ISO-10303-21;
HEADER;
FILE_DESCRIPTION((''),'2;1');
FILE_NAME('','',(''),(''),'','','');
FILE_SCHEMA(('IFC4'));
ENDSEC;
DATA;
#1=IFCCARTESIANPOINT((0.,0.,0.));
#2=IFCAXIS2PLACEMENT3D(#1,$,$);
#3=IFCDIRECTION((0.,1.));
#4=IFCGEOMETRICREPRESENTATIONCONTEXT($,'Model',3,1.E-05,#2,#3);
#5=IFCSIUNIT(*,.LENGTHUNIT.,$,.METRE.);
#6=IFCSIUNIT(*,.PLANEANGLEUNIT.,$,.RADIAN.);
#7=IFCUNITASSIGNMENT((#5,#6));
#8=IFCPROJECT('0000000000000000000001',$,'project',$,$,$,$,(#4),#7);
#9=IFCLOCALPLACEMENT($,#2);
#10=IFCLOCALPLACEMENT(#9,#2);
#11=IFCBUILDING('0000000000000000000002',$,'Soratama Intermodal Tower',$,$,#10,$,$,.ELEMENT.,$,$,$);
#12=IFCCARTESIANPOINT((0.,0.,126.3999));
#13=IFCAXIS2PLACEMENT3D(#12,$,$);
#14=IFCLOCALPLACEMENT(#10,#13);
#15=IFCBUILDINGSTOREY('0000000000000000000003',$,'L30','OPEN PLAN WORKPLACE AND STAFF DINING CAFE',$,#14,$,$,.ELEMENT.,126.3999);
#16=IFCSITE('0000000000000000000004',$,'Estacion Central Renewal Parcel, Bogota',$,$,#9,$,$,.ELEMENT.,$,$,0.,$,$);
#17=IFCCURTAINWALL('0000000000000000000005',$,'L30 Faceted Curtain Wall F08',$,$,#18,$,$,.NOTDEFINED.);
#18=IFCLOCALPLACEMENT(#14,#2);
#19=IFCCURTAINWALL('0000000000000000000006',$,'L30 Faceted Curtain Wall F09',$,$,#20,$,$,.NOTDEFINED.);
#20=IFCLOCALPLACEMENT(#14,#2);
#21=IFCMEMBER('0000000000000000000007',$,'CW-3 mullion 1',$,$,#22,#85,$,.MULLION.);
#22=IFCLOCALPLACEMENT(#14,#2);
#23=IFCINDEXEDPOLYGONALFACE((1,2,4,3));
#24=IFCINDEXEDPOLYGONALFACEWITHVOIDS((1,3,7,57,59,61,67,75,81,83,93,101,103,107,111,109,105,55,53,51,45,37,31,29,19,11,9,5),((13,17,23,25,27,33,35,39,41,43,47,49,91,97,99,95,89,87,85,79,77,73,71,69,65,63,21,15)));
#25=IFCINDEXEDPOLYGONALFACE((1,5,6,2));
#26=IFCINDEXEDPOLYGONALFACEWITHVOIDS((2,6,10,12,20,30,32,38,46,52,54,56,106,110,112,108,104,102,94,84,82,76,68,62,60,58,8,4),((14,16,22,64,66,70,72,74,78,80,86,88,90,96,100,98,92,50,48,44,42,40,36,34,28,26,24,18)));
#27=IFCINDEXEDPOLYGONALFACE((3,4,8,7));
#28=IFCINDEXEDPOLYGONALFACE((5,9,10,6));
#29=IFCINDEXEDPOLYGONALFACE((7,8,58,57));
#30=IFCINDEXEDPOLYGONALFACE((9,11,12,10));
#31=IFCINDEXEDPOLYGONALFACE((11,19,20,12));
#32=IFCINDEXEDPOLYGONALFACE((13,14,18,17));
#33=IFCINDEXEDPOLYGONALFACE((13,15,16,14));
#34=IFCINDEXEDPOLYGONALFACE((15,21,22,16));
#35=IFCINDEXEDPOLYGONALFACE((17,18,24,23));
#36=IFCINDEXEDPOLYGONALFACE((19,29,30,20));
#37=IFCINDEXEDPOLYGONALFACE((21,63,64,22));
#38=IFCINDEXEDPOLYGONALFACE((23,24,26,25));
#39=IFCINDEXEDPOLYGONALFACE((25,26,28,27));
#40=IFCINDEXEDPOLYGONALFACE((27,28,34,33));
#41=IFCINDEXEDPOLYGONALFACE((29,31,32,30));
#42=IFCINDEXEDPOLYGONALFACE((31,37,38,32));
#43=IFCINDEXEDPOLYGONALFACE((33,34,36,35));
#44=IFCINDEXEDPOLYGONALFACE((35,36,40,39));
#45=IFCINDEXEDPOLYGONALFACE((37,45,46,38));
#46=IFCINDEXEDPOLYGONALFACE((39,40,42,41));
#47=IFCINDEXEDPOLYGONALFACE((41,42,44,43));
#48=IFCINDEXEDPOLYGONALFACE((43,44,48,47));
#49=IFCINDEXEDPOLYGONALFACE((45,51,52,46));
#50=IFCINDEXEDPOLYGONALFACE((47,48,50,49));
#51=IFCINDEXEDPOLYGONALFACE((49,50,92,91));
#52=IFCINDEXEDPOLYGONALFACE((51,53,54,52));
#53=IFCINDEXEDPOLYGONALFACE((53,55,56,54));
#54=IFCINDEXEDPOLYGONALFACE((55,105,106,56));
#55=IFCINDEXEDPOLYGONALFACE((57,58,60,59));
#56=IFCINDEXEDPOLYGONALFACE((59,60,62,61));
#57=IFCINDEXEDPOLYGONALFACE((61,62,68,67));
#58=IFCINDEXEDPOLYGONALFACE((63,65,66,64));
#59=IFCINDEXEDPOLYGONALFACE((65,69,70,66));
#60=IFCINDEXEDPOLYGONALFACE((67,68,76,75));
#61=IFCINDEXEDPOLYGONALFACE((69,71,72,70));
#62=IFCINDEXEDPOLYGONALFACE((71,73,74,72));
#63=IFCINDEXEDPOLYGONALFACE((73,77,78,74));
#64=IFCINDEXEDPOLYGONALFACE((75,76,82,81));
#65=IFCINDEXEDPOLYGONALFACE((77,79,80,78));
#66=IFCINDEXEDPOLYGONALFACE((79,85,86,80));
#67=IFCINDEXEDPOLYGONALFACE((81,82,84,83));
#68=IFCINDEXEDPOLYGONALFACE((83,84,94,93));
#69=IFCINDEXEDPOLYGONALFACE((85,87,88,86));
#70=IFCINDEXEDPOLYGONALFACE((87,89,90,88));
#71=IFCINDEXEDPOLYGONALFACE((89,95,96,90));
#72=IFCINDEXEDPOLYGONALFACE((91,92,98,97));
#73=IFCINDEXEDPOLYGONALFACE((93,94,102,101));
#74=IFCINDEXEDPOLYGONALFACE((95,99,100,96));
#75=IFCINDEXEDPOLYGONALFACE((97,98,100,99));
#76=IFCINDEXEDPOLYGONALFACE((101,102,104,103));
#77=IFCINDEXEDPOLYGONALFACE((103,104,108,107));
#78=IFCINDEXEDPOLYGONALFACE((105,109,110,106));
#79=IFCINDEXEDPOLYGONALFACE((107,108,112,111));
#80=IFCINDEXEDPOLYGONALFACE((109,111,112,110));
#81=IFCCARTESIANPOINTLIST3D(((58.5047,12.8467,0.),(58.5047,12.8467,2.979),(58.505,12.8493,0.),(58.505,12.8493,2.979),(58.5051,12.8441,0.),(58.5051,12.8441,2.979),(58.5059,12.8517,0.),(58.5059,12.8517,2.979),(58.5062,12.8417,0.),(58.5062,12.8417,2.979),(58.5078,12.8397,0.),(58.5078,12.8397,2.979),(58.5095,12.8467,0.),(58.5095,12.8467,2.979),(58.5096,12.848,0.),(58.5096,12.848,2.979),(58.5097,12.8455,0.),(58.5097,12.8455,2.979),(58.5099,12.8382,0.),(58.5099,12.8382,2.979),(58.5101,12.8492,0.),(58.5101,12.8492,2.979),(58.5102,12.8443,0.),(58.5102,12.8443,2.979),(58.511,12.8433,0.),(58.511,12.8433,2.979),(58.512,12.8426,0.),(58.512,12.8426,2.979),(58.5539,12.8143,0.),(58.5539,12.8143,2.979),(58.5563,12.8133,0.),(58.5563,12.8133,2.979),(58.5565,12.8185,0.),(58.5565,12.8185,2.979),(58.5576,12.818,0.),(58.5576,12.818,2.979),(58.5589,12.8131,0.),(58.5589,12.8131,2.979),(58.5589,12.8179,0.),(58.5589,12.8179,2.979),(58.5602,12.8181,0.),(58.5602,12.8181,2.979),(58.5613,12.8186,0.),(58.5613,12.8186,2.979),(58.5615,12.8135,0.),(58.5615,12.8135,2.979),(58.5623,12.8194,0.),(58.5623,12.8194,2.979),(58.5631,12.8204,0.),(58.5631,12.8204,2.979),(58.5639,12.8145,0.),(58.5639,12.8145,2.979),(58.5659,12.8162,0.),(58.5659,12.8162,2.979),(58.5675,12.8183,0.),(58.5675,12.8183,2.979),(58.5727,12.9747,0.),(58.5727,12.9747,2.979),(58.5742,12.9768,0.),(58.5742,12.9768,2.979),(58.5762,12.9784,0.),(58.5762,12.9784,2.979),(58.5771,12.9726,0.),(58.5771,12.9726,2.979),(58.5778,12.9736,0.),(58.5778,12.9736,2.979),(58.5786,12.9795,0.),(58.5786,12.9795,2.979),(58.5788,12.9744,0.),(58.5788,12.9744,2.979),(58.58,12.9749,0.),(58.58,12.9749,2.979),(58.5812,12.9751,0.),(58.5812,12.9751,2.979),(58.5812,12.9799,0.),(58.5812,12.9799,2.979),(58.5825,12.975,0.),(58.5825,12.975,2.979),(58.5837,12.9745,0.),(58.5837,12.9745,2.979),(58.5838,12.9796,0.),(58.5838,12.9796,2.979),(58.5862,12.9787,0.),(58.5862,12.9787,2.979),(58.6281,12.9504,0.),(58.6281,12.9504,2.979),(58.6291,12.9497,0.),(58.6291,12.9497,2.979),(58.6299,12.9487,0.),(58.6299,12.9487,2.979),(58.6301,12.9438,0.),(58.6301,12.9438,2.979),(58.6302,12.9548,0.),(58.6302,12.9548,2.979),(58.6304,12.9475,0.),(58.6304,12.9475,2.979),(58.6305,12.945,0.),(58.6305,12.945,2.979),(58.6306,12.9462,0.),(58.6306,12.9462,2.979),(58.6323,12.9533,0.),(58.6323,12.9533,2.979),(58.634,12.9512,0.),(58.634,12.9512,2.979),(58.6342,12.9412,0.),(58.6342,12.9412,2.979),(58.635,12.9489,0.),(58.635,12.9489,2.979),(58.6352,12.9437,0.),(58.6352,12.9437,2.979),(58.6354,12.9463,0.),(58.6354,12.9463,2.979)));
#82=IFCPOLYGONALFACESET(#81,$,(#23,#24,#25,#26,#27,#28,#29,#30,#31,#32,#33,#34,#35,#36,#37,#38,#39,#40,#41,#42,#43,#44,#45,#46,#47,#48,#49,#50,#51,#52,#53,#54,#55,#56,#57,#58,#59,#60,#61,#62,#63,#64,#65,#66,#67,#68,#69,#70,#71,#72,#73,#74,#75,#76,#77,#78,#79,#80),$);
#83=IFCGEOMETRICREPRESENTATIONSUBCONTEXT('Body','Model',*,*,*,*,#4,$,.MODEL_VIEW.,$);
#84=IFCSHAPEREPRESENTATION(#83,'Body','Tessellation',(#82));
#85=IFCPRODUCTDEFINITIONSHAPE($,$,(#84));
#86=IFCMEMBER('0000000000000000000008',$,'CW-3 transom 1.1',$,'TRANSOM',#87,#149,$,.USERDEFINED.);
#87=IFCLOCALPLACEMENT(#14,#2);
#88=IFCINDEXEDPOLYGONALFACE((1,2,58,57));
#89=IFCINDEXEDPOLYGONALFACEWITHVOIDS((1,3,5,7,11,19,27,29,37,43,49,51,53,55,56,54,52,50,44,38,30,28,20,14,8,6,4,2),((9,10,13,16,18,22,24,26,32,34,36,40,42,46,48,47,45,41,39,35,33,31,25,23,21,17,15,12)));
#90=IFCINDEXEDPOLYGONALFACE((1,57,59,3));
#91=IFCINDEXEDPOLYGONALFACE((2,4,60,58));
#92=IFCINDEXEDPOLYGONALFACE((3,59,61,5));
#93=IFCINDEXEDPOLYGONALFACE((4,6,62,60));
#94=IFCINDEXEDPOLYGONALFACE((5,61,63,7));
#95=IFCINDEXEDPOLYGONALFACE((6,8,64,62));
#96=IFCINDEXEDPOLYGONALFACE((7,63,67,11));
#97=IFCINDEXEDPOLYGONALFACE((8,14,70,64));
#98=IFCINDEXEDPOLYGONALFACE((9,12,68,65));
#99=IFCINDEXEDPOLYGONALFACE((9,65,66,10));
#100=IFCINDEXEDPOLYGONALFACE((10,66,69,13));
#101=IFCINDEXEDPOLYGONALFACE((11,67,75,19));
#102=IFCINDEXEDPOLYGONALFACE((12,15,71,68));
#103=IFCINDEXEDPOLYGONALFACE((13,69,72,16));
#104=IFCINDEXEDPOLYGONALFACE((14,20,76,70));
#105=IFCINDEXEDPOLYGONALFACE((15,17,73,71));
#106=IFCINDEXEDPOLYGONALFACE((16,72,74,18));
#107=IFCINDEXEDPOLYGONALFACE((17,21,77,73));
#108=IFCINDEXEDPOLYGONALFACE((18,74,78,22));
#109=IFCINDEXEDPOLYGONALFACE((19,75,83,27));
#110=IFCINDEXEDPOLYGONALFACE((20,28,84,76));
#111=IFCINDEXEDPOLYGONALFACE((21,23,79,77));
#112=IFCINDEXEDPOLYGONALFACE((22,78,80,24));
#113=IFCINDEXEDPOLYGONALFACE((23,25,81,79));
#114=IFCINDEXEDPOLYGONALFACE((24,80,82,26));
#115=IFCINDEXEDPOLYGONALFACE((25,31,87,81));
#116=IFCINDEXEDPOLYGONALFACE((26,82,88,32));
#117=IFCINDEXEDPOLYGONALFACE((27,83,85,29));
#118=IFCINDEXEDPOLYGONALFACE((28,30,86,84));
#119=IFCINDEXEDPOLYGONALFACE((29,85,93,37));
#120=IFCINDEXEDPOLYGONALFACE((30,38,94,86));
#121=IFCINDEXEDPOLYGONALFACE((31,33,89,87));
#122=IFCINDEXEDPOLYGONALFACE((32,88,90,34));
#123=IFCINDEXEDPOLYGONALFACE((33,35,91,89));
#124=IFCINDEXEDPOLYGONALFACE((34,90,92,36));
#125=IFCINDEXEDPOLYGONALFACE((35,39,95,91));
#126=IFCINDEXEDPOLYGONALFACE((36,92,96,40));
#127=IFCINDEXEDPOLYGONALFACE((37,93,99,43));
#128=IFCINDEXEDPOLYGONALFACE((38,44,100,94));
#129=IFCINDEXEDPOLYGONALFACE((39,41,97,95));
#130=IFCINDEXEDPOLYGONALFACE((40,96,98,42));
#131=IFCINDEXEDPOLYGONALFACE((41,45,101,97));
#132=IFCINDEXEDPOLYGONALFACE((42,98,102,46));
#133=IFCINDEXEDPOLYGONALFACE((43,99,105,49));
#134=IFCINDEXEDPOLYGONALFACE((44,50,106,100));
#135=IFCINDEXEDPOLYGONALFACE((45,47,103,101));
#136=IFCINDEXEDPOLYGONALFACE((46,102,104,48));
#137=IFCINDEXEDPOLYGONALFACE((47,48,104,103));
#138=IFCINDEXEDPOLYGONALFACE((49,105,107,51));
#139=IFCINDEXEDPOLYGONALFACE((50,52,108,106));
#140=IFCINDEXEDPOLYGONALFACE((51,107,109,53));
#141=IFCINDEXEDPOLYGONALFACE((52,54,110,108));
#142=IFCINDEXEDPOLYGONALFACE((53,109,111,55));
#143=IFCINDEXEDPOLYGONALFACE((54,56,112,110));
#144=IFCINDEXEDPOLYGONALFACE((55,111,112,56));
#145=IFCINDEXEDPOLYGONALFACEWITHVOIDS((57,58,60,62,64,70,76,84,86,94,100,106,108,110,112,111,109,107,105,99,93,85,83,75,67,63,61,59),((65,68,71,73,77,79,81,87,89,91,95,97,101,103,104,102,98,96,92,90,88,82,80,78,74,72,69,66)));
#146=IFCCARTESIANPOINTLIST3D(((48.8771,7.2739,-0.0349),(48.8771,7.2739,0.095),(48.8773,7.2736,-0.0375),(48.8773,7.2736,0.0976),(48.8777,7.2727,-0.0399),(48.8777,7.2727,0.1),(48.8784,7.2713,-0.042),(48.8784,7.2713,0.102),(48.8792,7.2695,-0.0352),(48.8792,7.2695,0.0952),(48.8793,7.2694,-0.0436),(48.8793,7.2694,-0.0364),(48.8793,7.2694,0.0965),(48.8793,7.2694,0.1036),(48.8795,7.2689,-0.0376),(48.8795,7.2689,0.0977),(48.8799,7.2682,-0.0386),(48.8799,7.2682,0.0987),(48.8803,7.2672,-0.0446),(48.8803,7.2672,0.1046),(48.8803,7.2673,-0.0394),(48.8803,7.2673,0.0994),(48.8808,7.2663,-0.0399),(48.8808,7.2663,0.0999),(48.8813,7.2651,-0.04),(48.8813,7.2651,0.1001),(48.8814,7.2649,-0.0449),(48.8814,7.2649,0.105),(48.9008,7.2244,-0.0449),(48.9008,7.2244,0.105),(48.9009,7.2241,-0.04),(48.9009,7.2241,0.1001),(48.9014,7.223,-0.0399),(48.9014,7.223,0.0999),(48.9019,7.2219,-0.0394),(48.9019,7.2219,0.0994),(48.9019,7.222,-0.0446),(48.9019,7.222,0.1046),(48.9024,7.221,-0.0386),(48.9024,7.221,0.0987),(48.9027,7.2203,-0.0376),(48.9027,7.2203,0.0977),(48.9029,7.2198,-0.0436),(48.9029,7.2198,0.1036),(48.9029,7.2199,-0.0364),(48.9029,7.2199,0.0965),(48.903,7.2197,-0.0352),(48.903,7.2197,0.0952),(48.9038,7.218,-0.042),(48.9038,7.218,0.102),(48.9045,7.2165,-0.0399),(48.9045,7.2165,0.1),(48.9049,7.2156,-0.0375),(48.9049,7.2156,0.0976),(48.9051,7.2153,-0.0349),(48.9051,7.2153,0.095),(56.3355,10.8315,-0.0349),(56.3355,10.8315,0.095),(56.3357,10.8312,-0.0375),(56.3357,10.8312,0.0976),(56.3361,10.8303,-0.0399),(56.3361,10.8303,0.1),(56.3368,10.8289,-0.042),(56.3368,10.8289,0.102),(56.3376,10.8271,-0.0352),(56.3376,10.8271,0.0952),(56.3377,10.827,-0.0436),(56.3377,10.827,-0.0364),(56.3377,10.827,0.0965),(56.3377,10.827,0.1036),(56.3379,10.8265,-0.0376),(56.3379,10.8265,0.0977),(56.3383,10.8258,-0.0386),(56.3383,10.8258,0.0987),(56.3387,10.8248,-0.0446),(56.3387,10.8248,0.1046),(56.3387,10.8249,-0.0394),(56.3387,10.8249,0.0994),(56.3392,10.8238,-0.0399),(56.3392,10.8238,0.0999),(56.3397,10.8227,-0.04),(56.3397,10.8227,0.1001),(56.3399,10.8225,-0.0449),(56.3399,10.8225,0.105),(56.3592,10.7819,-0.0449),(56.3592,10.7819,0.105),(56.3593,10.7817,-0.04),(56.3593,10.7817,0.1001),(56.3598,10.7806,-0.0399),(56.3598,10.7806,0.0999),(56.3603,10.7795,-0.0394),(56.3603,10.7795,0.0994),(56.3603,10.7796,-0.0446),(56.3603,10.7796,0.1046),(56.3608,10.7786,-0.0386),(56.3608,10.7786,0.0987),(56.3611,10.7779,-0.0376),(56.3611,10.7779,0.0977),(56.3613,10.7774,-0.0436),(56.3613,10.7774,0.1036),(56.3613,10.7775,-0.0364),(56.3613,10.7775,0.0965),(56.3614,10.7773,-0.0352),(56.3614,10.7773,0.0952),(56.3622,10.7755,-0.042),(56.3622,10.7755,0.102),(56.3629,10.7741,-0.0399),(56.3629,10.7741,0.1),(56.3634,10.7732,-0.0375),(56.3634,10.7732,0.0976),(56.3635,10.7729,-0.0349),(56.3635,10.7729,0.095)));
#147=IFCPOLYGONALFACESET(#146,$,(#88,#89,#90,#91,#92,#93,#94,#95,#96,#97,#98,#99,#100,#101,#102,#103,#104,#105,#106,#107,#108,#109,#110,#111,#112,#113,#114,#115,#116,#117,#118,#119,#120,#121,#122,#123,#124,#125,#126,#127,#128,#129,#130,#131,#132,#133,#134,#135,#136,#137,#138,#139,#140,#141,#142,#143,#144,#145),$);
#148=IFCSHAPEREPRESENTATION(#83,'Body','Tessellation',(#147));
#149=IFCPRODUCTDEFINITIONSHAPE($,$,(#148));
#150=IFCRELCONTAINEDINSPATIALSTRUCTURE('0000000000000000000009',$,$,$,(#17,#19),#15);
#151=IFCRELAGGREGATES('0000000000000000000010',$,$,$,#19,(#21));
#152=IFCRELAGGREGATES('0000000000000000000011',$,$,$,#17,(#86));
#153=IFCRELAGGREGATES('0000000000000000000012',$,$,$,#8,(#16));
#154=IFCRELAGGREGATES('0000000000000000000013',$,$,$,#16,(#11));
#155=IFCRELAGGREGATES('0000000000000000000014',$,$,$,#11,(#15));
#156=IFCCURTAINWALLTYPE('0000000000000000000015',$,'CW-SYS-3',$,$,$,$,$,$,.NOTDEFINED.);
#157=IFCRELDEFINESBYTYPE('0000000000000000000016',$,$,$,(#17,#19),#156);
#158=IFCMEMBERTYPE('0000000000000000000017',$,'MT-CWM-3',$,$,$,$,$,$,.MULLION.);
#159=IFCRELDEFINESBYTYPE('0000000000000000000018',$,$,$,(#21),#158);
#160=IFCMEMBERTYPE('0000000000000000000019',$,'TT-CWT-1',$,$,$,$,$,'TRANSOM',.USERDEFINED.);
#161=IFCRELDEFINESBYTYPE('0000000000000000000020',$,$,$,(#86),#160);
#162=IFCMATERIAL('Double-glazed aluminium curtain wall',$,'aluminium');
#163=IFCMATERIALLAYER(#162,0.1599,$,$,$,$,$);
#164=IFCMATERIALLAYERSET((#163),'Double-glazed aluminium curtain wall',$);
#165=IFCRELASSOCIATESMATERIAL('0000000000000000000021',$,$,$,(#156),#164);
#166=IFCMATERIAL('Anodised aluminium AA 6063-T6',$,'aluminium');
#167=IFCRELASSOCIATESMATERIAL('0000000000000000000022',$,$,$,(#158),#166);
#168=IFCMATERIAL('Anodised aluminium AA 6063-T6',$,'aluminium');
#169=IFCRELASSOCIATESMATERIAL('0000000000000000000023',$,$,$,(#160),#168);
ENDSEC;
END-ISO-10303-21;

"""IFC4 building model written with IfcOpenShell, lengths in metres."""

from ifc_helpers import new_model, si_unit, direction, frame, origin, origin_2d, place, context, subcontext, project, spatial, hollow_rectangle, extrude, material, layer, layer_set, material_profile, profile_set, type_object, element, aggregate, save


model = new_model("IFC4")

# Units and contexts
model_context = context("Model", 3, precision=1e-05, world=origin(), true_north=direction((0.0, 1.0)))
body_context = subcontext(model_context, "Body", "Model", "MODEL_VIEW")
ifc_project = project(units=[si_unit("LENGTHUNIT", "METRE"), si_unit("PLANEANGLEUNIT", "RADIAN")], contexts=[model_context])

# Site, building, storey
site_placement = place(None, origin())
site = spatial("IfcSite", under=ifc_project, at=site_placement, Name="Estacion Central Renewal Parcel, Bogota", CompositionType="ELEMENT", RefElevation=0.0)
building_placement = place(site_placement, origin())
building = spatial("IfcBuilding", under=site, at=building_placement, Name="Soratama Intermodal Tower", CompositionType="ELEMENT")
storey_placement = place(building_placement, frame((0.0, 0.0, 126.3999)))
storey = spatial("IfcBuildingStorey", under=building, at=storey_placement, Name="L30", Description="OPEN PLAN WORKPLACE AND STAFF DINING CAFE", CompositionType="ELEMENT", Elevation=126.3999)

# Curtain wall
ifc_material_1 = material(Name="Double-glazed aluminium curtain wall", Category="aluminium")
ifc_layer_1 = layer(ifc_material_1, 0.1599)
ifc_layer_set_1 = layer_set([ifc_layer_1], Name="Double-glazed aluminium curtain wall")
curtain_wall_type = type_object("IfcCurtainWallType", Name="CW-SYS-3", PredefinedType="NOTDEFINED", material=ifc_layer_set_1)
curtain_wall_1_placement = place(storey_placement, origin())
curtain_wall_1 = element("IfcCurtainWall", 1, at=curtain_wall_1_placement, inside=storey, type_object=curtain_wall_type, Name="L30 Faceted Curtain Wall F08", PredefinedType="NOTDEFINED")
ifc_material_2 = material(Name="Anodised aluminium AA 6063-T6", Category="aluminium")
ifc_material_profile_1 = material_profile(ifc_material_2, hollow_rectangle(XDim=0.0701, YDim=0.1599, WallThickness=0.0049, InnerFilletRadius=0.0049, OuterFilletRadius=0.01, at=origin_2d()), Name="CWM160X70X5")
ifc_profile_set_1 = profile_set([ifc_material_profile_1], Name="Anodised aluminium AA 6063-T6")
member_type_1 = type_object("IfcMemberType", Name="MT-CWM-3", PredefinedType="MULLION", material=ifc_profile_set_1)

# Curtain wall, member
curtain_wall_2_placement = place(storey_placement, origin())
curtain_wall_2 = element("IfcCurtainWall", 2, at=curtain_wall_2_placement, inside=storey, type_object=curtain_wall_type, Name="L30 Faceted Curtain Wall F09", PredefinedType="NOTDEFINED")
member_1_placement = place(storey_placement, frame((58.5701, 12.8965, 0.0), z_axis=(0.0, 0.0, 1.0), x_axis=(-0.878816, 0.477161, 0.0)))
member_1 = element("IfcMember", 3, at=member_1_placement, type_object=member_type_1, Name="CW-3 mullion 1", PredefinedType="MULLION", context=body_context, shape_type="SweptSolid", body=[
    extrude(hollow_rectangle(XDim=0.0701, YDim=0.1599, WallThickness=0.0049, InnerFilletRadius=0.0049, OuterFilletRadius=0.01, at=origin_2d()), origin(), (0.0, 0.0, 1.0), 2.979),
])
aggregate(curtain_wall_2, [member_1])

# Member
ifc_material_3 = material(Name="Anodised aluminium AA 6063-T6", Category="aluminium")
ifc_material_profile_2 = material_profile(ifc_material_3, hollow_rectangle(XDim=0.0649, YDim=0.1499, WallThickness=0.0049, InnerFilletRadius=0.0049, OuterFilletRadius=0.01, at=origin_2d()), Name="CWT150X65X5")
ifc_profile_set_2 = profile_set([ifc_material_profile_2], Name="Anodised aluminium AA 6063-T6")
member_type_2 = type_object("IfcMemberType", Name="TT-CWT-1", ElementType="TRANSOM", PredefinedType="USERDEFINED", material=ifc_profile_set_2)
member_2_placement = place(storey_placement, frame((48.8911, 7.2446, 0.03), z_axis=(0.902581, 0.430521, 0.0), x_axis=(-0.430521, 0.902581, 0.0)))
member_2 = element("IfcMember", 4, at=member_2_placement, type_object=member_type_2, Name="CW-3 transom 1.1", ObjectType="TRANSOM", PredefinedType="USERDEFINED", context=body_context, shape_type="SweptSolid", body=[
    extrude(hollow_rectangle(XDim=0.0649, YDim=0.1499, WallThickness=0.0049, InnerFilletRadius=0.0049, OuterFilletRadius=0.01, at=origin_2d()), origin(), (0.0, 0.0, 1.0), 8.2634),
])

aggregate(curtain_wall_1, [member_2])

save(model, "model.ifc")
